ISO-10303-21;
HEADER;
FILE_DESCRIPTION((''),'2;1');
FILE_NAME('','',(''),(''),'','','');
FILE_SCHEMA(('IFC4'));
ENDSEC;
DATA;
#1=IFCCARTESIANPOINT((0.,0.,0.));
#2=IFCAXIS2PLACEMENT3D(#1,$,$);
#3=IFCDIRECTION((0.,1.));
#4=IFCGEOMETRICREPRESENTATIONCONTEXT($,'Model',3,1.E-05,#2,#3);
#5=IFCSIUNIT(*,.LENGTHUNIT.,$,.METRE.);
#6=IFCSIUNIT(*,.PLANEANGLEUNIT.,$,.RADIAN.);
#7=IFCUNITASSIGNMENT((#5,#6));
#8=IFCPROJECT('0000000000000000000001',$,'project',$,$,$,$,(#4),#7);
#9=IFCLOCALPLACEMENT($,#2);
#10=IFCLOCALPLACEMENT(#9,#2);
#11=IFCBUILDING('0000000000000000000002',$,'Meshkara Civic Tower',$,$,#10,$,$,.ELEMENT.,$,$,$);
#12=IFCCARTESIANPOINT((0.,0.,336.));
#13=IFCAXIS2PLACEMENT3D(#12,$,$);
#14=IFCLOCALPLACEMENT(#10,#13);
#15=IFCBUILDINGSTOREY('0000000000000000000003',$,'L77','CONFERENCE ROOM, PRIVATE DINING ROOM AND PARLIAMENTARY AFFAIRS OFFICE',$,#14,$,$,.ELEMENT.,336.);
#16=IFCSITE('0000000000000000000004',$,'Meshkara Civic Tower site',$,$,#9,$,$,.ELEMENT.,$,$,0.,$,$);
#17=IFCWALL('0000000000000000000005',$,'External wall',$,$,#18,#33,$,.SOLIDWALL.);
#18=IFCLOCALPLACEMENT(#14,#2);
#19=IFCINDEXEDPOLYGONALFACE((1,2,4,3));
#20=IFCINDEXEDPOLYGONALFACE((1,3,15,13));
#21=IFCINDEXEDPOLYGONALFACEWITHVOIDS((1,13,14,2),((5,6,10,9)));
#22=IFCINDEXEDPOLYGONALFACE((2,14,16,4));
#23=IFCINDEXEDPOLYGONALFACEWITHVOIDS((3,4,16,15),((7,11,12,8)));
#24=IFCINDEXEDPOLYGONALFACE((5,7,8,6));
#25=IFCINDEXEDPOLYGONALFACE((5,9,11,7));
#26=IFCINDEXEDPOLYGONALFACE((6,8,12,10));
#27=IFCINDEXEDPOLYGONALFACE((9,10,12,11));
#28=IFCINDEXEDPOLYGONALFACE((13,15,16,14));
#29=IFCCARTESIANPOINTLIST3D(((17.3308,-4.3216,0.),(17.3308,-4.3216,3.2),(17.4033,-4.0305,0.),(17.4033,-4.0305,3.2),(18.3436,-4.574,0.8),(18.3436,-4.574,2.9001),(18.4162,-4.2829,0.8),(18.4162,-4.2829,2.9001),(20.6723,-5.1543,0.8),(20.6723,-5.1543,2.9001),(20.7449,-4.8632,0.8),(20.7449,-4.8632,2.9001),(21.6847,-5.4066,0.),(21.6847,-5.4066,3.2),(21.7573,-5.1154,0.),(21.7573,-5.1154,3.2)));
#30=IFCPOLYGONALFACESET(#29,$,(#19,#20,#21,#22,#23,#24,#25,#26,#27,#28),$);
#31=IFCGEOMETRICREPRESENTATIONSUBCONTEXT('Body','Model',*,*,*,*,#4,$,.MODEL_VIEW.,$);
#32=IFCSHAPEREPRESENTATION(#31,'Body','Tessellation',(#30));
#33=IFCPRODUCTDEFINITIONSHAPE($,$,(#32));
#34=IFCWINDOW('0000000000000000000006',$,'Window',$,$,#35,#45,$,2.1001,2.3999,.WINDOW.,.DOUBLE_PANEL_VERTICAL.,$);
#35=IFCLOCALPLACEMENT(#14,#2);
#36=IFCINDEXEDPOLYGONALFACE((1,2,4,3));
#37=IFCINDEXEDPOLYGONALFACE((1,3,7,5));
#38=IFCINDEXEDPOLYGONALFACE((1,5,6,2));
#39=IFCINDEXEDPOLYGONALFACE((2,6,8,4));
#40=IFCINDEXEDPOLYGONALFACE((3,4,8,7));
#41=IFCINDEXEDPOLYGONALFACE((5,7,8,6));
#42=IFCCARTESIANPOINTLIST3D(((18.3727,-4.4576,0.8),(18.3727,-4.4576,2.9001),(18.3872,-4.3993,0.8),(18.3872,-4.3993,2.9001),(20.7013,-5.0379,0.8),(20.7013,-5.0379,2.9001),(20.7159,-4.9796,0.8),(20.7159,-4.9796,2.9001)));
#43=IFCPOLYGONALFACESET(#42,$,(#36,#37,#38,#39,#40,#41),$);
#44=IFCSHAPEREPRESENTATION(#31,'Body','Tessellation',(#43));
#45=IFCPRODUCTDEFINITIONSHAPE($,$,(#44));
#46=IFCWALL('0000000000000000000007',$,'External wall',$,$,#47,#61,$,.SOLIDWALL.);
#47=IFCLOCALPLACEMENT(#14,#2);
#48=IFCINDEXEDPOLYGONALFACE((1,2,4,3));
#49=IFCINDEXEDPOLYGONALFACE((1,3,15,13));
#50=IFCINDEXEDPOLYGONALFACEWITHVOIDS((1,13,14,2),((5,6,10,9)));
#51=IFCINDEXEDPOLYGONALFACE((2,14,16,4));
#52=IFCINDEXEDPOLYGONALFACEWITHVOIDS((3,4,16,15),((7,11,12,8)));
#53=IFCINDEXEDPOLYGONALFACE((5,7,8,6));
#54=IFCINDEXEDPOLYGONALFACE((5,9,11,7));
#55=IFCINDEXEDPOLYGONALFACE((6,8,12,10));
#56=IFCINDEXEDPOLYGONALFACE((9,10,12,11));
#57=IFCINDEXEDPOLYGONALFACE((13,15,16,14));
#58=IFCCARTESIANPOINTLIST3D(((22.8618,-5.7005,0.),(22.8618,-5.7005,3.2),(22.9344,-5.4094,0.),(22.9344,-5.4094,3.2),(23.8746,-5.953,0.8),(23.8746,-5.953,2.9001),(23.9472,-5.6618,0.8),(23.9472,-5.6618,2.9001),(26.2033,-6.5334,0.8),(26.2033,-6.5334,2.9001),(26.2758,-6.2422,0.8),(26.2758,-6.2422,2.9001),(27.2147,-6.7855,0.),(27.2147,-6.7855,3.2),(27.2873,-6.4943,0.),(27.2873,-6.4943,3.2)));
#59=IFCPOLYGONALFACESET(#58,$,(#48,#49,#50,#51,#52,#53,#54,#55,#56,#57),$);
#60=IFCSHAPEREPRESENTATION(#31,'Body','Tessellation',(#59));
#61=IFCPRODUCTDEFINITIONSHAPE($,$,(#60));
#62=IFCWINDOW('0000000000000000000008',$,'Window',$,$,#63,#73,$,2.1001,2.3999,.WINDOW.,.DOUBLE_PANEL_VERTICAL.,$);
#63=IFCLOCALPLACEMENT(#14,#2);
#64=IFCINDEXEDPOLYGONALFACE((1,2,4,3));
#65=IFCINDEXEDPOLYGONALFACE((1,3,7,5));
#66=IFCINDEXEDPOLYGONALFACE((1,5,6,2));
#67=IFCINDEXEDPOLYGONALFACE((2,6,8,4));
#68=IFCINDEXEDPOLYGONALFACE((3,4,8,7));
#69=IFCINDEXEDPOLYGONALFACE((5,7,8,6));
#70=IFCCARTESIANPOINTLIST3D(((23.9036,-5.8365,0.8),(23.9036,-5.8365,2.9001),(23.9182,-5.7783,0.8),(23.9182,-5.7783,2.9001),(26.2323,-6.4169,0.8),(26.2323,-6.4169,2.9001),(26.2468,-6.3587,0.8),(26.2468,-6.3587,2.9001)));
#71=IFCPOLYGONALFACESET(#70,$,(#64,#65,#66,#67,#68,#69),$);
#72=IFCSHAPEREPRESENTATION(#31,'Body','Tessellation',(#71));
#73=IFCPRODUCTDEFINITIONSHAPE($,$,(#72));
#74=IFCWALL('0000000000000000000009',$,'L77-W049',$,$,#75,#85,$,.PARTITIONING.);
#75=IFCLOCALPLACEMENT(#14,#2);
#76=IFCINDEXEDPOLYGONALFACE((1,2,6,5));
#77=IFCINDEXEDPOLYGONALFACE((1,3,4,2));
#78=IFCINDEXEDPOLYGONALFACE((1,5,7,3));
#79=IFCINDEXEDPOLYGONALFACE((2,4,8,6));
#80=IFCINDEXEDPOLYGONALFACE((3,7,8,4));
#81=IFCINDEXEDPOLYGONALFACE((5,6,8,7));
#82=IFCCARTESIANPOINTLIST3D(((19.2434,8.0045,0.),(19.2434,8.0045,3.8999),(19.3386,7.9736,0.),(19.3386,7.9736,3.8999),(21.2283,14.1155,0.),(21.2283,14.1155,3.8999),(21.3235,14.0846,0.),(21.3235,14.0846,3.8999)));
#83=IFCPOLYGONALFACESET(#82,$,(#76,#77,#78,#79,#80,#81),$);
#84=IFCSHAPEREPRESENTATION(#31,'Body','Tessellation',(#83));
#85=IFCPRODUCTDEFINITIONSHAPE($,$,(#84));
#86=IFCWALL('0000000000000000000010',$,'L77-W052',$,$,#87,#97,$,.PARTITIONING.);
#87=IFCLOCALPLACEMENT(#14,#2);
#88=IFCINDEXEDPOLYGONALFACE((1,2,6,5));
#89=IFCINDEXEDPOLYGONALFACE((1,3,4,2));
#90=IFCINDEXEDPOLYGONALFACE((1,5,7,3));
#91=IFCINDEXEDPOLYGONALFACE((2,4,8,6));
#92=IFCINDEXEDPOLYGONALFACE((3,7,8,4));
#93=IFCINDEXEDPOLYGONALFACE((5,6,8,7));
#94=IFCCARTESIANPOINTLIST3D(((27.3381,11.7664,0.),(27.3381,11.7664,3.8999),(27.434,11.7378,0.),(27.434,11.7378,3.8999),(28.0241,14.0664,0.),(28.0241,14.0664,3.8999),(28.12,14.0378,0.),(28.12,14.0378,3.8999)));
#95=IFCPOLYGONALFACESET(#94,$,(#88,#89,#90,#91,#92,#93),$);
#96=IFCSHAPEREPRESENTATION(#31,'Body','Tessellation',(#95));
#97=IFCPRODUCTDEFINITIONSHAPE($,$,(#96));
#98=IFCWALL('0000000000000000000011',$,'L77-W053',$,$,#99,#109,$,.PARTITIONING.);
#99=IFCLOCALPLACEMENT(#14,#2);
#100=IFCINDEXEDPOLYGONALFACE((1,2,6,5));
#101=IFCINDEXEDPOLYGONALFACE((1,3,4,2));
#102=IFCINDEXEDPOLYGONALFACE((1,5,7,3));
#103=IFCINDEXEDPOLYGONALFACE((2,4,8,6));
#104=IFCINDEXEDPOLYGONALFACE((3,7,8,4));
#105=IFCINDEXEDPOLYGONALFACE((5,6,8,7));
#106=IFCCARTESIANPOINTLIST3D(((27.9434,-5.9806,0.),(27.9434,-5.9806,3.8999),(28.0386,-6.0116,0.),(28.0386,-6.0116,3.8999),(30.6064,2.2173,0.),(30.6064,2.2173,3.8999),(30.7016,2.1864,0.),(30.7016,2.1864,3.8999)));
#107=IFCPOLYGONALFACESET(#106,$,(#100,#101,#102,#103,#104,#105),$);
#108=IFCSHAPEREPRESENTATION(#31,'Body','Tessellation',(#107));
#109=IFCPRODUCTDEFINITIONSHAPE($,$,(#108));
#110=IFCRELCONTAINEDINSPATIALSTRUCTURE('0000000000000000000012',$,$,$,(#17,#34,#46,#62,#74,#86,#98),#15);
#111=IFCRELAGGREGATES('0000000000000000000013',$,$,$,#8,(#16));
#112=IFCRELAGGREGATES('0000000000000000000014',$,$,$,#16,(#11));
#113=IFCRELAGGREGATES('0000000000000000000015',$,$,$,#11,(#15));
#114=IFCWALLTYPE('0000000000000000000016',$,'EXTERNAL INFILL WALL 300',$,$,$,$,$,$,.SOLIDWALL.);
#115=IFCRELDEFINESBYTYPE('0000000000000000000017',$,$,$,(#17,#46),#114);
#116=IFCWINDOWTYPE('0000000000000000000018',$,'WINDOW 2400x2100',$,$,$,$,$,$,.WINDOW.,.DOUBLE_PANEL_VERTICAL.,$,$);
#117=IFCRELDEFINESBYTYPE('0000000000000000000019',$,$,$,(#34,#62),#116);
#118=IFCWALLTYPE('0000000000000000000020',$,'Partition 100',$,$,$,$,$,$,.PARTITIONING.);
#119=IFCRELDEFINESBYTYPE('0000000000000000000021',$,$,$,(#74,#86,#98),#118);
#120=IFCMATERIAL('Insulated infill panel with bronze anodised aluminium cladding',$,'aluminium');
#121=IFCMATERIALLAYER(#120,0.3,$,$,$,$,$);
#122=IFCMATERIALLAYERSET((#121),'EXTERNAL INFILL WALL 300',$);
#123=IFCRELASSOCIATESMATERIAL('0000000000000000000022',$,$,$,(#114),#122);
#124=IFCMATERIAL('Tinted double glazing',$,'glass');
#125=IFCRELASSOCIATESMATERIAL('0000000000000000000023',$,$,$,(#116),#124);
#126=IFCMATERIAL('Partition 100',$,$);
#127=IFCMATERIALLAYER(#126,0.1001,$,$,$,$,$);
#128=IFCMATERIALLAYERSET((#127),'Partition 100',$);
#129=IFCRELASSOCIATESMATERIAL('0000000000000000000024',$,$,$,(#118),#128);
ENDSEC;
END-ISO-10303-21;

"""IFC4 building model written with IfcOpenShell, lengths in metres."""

from ifc_helpers import new_model, si_unit, direction, frame, frame_2d, origin, place, context, subcontext, project, spatial, rectangle, extrude, material, layer, layer_set, type_object, element, fill, save


model = new_model("IFC4")

# Units and contexts
model_context = context("Model", 3, precision=1e-05, world=origin(), true_north=direction((0.0, 1.0)))
body_context = subcontext(model_context, "Body", "Model", "MODEL_VIEW")
ifc_project = project(units=[si_unit("LENGTHUNIT", "METRE"), si_unit("PLANEANGLEUNIT", "RADIAN")], contexts=[model_context])

# Site, building, storey
site_placement = place(None, origin())
site = spatial("IfcSite", under=ifc_project, at=site_placement, Name="Meshkara Civic Tower site", CompositionType="ELEMENT", RefElevation=0.0)
building_placement = place(site_placement, origin())
building = spatial("IfcBuilding", under=site, at=building_placement, Name="Meshkara Civic Tower", CompositionType="ELEMENT")
storey_placement = place(building_placement, frame((0.0, 0.0, 336.0)))
storey = spatial("IfcBuildingStorey", under=building, at=storey_placement, Name="L77", Description="CONFERENCE ROOM, PRIVATE DINING ROOM AND PARLIAMENTARY AFFAIRS OFFICE", CompositionType="ELEMENT", Elevation=336.0)

# Walls, openings, windows
ifc_material_1 = material(Name="Insulated infill panel with bronze anodised aluminium cladding", Category="aluminium")
ifc_layer_1 = layer(ifc_material_1, 0.3)
ifc_layer_set_1 = layer_set([ifc_layer_1], Name="EXTERNAL INFILL WALL 300")
wall_type_1 = type_object("IfcWallType", Name="EXTERNAL INFILL WALL 300", PredefinedType="SOLIDWALL", material=ifc_layer_set_1)
wall_1_placement = place(storey_placement, frame((17.3669, -4.176, 0.0), z_axis=(0.0, 0.0, 1.0), x_axis=(0.970328, -0.241793, 0.0)))
wall_1 = element("IfcWall", 1, at=wall_1_placement, inside=storey, type_object=wall_type_1, Name="External wall", PredefinedType="SOLIDWALL", context=body_context, shape_type="SweptSolid", body=[
    extrude(rectangle(XDim=4.4871, YDim=0.3, at=frame_2d((2.2437, 0.0))), origin(), (0.0, 0.0, 1.0), 3.2),
])
opening_1_placement = place(wall_1_placement, frame((1.0439, 0.0, 0.8)))
opening_1 = element("IfcOpeningElement", 2, at=opening_1_placement, cuts=wall_1, PredefinedType="OPENING", context=body_context, shape_type="SweptSolid", body=[
    extrude(rectangle(XDim=2.3999, YDim=2.1001, at=frame_2d((1.2, 1.05))), frame((0.0, 0.1599, 0.0), z_axis=(0.0, -1.0, 0.0), x_axis=(1.0, 0.0, 0.0)), (0.0, 0.0, 1.0), 0.3201),
])
ifc_material_2 = material(Name="Tinted double glazing", Category="glass")
window_type = type_object("IfcWindowType", Name="WINDOW 2400x2100", PartitioningType="DOUBLE_PANEL_VERTICAL", PredefinedType="WINDOW", material=ifc_material_2)
window_1_placement = place(opening_1_placement, origin())
window_1 = element("IfcWindow", 3, at=window_1_placement, inside=storey, type_object=window_type, Name="Window", OverallHeight=2.1001, OverallWidth=2.3999, PartitioningType="DOUBLE_PANEL_VERTICAL", PredefinedType="WINDOW", context=body_context, shape_type="SweptSolid", body=[
    extrude(rectangle(XDim=2.3999, YDim=2.1001, at=frame_2d((1.2, 1.05))), frame((0.0, 0.03, 0.0), z_axis=(0.0, -1.0, 0.0), x_axis=(1.0, 0.0, 0.0)), (0.0, 0.0, 1.0), 0.0601),
])
fill(opening_1, window_1)
wall_2_placement = place(storey_placement, frame((22.8979, -5.5549, 0.0), z_axis=(0.0, 0.0, 1.0), x_axis=(0.970315, -0.241844, 0.0)))
wall_2 = element("IfcWall", 4, at=wall_2_placement, inside=storey, type_object=wall_type_1, Name="External wall", PredefinedType="SOLIDWALL", context=body_context, shape_type="SweptSolid", body=[
    extrude(rectangle(XDim=4.4861, YDim=0.3, at=frame_2d((2.2432, 0.0))), origin(), (0.0, 0.0, 1.0), 3.2),
])
opening_2_placement = place(wall_2_placement, frame((1.0439, 0.0, 0.8)))
opening_2 = element("IfcOpeningElement", 5, at=opening_2_placement, cuts=wall_2, PredefinedType="OPENING", context=body_context, shape_type="SweptSolid", body=[
    extrude(rectangle(XDim=2.3999, YDim=2.1001, at=frame_2d((1.2, 1.05))), frame((0.0, 0.1599, 0.0), z_axis=(0.0, -1.0, 0.0), x_axis=(1.0, 0.0, 0.0)), (0.0, 0.0, 1.0), 0.3201),
])
window_2_placement = place(opening_2_placement, origin())
window_2 = element("IfcWindow", 6, at=window_2_placement, inside=storey, type_object=window_type, Name="Window", OverallHeight=2.1001, OverallWidth=2.3999, PartitioningType="DOUBLE_PANEL_VERTICAL", PredefinedType="WINDOW", context=body_context, shape_type="SweptSolid", body=[
    extrude(rectangle(XDim=2.3999, YDim=2.1001, at=frame_2d((1.2, 1.05))), frame((0.0, 0.03, 0.0), z_axis=(0.0, -1.0, 0.0), x_axis=(1.0, 0.0, 0.0)), (0.0, 0.0, 1.0), 0.0601),
])
fill(opening_2, window_2)

# Walls
ifc_material_3 = material(Name="Partition 100")
ifc_layer_2 = layer(ifc_material_3, 0.1001)
ifc_layer_set_2 = layer_set([ifc_layer_2], Name="Partition 100")
wall_type_2 = type_object("IfcWallType", Name="Partition 100", PredefinedType="PARTITIONING", material=ifc_layer_set_2)
wall_3_placement = place(storey_placement, frame((19.291, 7.989, 0.0), z_axis=(0.0, 0.0, 1.0), x_axis=(0.308912, 0.951091, 0.0)))
element("IfcWall", 7, at=wall_3_placement, inside=storey, type_object=wall_type_2, Name="L77-W049", PredefinedType="PARTITIONING", context=body_context, shape_type="SweptSolid", body=[
    extrude(rectangle(XDim=6.4253, YDim=0.1001, at=frame_2d((3.2126, 0.0))), origin(), (0.0, 0.0, 1.0), 3.8999),
])
wall_4_placement = place(storey_placement, frame((27.386, 11.752, 0.0), z_axis=(0.0, 0.0, 1.0), x_axis=(0.285826, 0.958281, 0.0)))
element("IfcWall", 8, at=wall_4_placement, inside=storey, type_object=wall_type_2, Name="L77-W052", PredefinedType="PARTITIONING", context=body_context, shape_type="SweptSolid", body=[
    extrude(rectangle(XDim=2.4001, YDim=0.1001, at=frame_2d((1.2002, 0.0))), origin(), (0.0, 0.0, 1.0), 3.8999),
])
wall_5_placement = place(storey_placement, frame((27.991, -5.9961, 0.0), z_axis=(0.0, 0.0, 1.0), x_axis=(0.308953, 0.951077, 0.0)))
element("IfcWall", 9, at=wall_5_placement, inside=storey, type_object=wall_type_2, Name="L77-W053", PredefinedType="PARTITIONING", context=body_context, shape_type="SweptSolid", body=[
    extrude(rectangle(XDim=8.6196, YDim=0.1001, at=frame_2d((4.3098, 0.0))), origin(), (0.0, 0.0, 1.0), 3.8999),
])

save(model, "model.ifc")
